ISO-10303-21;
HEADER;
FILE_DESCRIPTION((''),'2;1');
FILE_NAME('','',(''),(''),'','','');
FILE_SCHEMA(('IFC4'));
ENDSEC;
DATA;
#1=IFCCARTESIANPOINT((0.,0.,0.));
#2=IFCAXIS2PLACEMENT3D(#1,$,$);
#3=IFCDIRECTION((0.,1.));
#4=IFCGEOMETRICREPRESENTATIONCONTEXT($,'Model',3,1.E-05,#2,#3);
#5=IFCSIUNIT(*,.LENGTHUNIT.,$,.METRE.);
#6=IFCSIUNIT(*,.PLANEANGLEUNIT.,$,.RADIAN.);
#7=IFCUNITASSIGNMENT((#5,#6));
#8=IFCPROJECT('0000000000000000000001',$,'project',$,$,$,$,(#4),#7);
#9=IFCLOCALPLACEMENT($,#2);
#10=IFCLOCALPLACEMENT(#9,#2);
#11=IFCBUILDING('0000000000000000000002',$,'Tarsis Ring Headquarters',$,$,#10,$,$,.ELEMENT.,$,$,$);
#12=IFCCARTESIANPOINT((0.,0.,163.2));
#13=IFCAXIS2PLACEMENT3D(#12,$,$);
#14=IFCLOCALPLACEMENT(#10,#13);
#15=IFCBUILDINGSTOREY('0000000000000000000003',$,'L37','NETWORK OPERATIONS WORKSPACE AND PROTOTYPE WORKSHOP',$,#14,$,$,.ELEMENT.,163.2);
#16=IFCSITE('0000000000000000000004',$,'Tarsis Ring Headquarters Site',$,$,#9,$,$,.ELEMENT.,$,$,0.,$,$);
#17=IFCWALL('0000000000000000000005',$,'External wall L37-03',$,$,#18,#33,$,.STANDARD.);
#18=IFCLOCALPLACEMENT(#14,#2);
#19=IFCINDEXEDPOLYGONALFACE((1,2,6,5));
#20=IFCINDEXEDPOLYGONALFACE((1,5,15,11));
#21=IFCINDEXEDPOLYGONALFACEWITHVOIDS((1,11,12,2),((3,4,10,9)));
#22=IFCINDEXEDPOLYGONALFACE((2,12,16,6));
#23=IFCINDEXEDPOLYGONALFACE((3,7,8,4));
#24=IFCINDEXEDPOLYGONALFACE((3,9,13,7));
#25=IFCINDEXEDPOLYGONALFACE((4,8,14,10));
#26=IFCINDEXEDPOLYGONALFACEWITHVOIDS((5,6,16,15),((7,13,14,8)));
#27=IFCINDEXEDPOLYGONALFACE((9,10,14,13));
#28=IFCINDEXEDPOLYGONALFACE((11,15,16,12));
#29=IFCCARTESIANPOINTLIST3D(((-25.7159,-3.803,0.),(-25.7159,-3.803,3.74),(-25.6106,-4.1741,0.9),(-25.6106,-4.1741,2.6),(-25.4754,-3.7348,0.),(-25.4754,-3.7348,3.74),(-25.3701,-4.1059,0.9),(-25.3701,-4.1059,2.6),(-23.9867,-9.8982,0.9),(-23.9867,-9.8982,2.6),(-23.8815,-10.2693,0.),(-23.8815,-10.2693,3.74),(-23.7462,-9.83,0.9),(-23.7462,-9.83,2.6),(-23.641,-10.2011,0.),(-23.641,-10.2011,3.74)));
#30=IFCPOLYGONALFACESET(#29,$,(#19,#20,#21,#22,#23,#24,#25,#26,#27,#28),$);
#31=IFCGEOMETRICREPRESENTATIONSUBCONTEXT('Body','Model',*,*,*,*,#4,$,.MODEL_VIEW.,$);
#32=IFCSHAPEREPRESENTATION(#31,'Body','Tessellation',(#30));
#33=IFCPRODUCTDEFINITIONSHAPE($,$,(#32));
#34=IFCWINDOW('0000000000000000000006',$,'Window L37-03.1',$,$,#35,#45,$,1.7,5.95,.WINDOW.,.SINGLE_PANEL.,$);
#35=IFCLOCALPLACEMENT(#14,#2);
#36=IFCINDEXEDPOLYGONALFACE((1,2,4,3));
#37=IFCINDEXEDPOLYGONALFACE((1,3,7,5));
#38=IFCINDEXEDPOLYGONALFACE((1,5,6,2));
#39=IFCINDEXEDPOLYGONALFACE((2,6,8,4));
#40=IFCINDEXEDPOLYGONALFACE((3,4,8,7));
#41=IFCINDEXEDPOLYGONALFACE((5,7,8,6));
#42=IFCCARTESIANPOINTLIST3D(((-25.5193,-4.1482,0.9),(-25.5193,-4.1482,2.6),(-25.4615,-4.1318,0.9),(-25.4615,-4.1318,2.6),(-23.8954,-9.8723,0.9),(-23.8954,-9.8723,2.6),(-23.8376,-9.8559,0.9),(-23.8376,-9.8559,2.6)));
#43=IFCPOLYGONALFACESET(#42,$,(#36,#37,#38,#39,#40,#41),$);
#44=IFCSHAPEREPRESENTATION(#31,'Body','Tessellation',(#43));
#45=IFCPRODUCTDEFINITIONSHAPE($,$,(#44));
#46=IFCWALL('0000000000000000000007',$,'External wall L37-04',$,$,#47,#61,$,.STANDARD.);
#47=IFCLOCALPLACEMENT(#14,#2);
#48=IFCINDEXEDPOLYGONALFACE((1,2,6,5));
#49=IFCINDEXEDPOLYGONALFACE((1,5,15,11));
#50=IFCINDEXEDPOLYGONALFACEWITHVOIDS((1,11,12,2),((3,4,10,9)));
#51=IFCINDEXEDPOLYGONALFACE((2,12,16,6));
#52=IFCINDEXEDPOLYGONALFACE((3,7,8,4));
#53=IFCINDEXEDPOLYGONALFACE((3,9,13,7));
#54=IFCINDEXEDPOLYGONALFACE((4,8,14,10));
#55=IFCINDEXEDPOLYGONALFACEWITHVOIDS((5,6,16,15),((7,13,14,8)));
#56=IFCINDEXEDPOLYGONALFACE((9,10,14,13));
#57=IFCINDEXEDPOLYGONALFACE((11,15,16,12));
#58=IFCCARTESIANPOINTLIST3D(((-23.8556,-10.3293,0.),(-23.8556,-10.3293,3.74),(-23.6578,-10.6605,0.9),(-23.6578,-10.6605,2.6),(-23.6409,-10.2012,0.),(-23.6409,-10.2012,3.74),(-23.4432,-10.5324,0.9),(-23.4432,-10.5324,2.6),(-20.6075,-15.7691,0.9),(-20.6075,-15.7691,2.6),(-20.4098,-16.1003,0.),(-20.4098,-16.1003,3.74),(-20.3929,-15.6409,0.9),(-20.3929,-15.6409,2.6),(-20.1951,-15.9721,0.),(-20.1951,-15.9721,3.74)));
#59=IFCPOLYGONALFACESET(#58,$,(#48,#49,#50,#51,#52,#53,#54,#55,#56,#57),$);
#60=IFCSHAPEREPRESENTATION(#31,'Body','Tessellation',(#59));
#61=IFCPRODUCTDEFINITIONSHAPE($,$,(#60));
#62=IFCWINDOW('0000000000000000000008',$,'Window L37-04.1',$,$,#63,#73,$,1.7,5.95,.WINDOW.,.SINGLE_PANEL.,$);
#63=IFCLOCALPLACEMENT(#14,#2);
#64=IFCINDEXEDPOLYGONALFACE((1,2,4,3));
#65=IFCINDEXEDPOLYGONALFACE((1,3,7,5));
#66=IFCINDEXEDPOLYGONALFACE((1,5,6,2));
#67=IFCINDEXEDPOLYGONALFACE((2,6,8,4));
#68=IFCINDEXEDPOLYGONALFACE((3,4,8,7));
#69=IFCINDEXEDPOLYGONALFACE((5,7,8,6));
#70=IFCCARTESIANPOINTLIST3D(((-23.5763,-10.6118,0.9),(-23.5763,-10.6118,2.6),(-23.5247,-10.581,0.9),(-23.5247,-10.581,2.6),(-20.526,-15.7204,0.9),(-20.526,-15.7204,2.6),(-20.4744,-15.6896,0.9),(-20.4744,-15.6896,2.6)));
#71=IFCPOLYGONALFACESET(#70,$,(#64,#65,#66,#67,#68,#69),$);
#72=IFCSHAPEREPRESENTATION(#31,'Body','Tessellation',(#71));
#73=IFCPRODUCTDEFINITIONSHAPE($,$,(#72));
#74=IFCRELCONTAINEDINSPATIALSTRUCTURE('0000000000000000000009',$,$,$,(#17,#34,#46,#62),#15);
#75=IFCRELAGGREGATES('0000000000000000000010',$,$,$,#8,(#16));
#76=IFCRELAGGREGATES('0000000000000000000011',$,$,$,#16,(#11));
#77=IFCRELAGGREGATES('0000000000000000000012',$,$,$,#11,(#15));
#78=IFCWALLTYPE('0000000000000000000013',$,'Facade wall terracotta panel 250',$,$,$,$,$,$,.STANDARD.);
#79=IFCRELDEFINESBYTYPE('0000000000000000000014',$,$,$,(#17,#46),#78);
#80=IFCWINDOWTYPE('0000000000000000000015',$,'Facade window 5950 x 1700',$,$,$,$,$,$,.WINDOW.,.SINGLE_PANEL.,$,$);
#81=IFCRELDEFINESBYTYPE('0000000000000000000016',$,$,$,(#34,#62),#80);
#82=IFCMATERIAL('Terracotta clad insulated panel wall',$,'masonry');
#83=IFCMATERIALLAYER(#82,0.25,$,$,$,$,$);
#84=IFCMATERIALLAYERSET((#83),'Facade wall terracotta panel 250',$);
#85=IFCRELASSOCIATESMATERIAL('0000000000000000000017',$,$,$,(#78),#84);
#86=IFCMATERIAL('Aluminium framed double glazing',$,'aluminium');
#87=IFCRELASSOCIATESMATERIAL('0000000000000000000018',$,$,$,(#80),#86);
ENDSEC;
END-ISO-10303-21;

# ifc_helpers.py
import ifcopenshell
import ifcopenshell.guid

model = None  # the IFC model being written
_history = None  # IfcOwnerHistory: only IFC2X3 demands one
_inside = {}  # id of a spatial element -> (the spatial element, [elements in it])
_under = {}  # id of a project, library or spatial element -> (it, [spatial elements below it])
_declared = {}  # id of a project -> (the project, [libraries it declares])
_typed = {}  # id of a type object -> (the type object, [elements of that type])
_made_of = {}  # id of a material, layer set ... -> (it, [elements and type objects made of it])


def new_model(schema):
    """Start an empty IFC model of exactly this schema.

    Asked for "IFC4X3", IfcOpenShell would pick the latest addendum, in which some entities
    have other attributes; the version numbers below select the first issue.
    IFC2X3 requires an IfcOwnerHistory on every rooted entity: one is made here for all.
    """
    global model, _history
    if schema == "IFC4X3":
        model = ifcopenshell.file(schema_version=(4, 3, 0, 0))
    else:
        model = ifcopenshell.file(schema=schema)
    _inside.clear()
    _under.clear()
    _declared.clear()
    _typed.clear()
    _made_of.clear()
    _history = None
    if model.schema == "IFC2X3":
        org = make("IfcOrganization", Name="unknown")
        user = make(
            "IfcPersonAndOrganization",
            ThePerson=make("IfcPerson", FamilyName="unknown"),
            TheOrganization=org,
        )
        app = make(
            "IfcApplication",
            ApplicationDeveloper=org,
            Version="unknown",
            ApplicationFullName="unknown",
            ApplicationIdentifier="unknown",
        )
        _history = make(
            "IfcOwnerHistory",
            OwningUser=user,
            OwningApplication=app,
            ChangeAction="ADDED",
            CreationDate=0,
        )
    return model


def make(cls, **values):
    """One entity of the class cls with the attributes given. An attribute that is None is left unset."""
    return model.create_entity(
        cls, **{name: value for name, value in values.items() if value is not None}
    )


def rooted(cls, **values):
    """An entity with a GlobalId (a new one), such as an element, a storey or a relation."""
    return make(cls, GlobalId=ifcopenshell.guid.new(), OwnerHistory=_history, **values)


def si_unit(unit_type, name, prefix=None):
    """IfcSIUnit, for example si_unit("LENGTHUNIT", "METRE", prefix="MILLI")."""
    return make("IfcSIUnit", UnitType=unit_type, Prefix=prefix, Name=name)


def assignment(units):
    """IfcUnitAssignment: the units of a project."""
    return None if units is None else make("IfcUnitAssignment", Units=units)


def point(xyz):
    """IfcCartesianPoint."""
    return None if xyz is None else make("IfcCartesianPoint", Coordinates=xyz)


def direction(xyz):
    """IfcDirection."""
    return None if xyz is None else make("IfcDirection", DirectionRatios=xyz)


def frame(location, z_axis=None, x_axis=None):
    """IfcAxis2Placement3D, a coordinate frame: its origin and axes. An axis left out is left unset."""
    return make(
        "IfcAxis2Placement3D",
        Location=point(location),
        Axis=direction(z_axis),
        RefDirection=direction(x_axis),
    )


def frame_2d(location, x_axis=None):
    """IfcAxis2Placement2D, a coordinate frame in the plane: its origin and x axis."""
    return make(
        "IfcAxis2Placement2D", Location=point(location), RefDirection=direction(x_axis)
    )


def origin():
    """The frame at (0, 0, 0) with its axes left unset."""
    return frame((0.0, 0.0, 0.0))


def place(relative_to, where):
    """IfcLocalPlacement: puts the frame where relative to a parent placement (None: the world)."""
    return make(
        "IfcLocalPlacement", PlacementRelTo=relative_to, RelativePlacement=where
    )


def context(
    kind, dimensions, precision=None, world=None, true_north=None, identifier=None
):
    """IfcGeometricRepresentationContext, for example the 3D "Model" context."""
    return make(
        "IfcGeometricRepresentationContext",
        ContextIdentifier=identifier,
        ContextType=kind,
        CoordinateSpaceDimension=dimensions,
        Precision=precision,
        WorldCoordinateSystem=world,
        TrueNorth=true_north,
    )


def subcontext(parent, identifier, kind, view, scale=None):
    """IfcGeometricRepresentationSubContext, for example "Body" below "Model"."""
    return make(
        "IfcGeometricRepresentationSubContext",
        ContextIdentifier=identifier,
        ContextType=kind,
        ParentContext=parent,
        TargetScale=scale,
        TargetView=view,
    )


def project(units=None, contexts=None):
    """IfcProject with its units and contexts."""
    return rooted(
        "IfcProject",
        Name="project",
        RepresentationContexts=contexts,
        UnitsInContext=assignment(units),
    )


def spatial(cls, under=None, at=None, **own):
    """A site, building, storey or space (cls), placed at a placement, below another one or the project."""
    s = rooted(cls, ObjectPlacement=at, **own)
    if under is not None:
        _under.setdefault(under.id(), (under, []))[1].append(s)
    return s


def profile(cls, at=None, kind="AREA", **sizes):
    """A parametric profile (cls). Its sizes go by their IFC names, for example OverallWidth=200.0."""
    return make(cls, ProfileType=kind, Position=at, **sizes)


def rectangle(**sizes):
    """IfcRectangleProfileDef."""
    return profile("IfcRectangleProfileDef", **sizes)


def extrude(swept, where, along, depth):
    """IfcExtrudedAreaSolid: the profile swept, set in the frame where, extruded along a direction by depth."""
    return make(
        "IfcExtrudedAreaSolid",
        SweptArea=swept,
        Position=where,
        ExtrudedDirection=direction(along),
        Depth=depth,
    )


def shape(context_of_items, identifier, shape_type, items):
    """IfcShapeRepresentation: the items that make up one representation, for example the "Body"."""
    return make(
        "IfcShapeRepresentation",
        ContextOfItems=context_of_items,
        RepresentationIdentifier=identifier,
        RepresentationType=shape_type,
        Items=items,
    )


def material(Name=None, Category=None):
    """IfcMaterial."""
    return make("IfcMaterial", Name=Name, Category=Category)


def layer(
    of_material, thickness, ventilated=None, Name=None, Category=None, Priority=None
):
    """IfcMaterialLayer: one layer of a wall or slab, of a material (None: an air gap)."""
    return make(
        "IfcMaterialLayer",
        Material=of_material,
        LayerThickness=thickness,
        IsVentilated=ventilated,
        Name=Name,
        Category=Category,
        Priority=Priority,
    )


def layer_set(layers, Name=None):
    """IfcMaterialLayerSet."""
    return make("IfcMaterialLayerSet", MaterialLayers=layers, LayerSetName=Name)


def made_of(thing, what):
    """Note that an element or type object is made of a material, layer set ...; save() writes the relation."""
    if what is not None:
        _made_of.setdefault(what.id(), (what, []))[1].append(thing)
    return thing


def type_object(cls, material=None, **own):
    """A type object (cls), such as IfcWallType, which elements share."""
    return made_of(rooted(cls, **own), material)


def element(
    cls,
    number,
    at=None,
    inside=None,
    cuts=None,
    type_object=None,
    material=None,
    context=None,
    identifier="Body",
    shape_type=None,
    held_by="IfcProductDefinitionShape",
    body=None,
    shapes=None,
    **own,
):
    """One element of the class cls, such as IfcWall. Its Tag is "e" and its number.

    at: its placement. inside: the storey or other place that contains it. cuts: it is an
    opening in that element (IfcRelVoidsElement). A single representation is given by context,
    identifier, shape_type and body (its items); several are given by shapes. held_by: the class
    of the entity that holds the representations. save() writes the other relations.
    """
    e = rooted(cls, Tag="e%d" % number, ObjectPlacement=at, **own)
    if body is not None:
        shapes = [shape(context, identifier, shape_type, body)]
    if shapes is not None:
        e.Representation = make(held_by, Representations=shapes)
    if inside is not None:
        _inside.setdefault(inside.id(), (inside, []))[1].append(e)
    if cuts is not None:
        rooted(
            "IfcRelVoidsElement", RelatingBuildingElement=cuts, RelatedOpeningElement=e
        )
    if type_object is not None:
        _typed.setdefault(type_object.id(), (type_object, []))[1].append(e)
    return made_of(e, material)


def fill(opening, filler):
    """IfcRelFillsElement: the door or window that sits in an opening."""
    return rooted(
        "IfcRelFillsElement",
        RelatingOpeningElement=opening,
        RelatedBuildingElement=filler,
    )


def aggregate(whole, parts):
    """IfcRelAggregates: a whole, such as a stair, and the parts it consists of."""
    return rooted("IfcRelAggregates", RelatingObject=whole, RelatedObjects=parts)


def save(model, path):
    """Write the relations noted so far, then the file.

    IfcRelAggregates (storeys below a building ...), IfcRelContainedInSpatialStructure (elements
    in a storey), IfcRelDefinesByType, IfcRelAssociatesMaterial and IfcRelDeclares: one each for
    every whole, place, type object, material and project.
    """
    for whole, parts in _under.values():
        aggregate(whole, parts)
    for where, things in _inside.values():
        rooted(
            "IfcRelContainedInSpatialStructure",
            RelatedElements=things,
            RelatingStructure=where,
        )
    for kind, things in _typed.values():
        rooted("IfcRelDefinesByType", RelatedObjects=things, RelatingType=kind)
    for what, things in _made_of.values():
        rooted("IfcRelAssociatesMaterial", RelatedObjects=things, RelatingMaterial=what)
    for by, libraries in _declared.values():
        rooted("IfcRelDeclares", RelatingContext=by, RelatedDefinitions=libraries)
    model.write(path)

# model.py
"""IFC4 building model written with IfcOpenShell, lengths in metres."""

from ifc_helpers import new_model, si_unit, direction, frame, frame_2d, origin, place, context, subcontext, project, spatial, rectangle, extrude, material, layer, layer_set, type_object, element, fill, save


model = new_model("IFC4")

# Units and contexts
model_context = context("Model", 3, precision=1e-05, world=origin(), true_north=direction((0.0, 1.0)))
body_context = subcontext(model_context, "Body", "Model", "MODEL_VIEW")
ifc_project = project(units=[si_unit("LENGTHUNIT", "METRE"), si_unit("PLANEANGLEUNIT", "RADIAN")], contexts=[model_context])

# Site, building, storey
site_placement = place(None, origin())
site = spatial("IfcSite", under=ifc_project, at=site_placement, Name="Tarsis Ring Headquarters Site", CompositionType="ELEMENT", RefElevation=0.0)
building_placement = place(site_placement, origin())
building = spatial("IfcBuilding", under=site, at=building_placement, Name="Tarsis Ring Headquarters", CompositionType="ELEMENT")
storey_placement = place(building_placement, frame((0.0, 0.0, 163.2)))
storey = spatial("IfcBuildingStorey", under=building, at=storey_placement, Name="L37", Description="NETWORK OPERATIONS WORKSPACE AND PROTOTYPE WORKSHOP", CompositionType="ELEMENT", Elevation=163.2)

# Walls, openings, windows
ifc_material_1 = material(Name="Terracotta clad insulated panel wall", Category="masonry")
ifc_layer_1 = layer(ifc_material_1, 0.25)
ifc_layer_set_1 = layer_set([ifc_layer_1], Name="Facade wall terracotta panel 250")
wall_type_1 = type_object("IfcWallType", Name="Facade wall terracotta panel 250", PredefinedType="STANDARD", material=ifc_layer_set_1)
wall_1_placement = place(storey_placement, frame((-25.5957, -3.7688, 0.0), z_axis=(0.0, 0.0, 1.0), x_axis=(0.272926, -0.962035, 0.0)))
wall_1 = element("IfcWall", 1, at=wall_1_placement, inside=storey, type_object=wall_type_1, Name="External wall L37-03", PredefinedType="STANDARD", context=body_context, shape_type="SweptSolid", body=[
    extrude(rectangle(XDim=6.7214, YDim=0.25, at=frame_2d((3.3608, 0.0))), origin(), (0.0, 0.0, 1.0), 3.74),
])
opening_1_placement = place(wall_1_placement, frame((0.3857, 0.0, 0.8999)))
opening_1 = element("IfcOpeningElement", 2, at=opening_1_placement, cuts=wall_1, PredefinedType="OPENING", context=body_context, shape_type="SweptSolid", body=[
    extrude(rectangle(XDim=5.95, YDim=1.7, at=frame_2d((2.9751, 0.8501))), frame((0.0, 0.135, 0.0), z_axis=(0.0, -1.0, 0.0), x_axis=(1.0, 0.0, 0.0)), (0.0, 0.0, 1.0), 0.27),
])
ifc_material_2 = material(Name="Aluminium framed double glazing", Category="aluminium")
window_type = type_object("IfcWindowType", Name="Facade window 5950 x 1700", PartitioningType="SINGLE_PANEL", PredefinedType="WINDOW", material=ifc_material_2)
window_1_placement = place(opening_1_placement, origin())
window_1 = element("IfcWindow", 3, at=window_1_placement, inside=storey, type_object=window_type, Name="Window L37-03.1", OverallHeight=1.7, OverallWidth=5.95, PartitioningType="SINGLE_PANEL", PredefinedType="WINDOW", context=body_context, shape_type="SweptSolid", body=[
    extrude(rectangle(XDim=5.95, YDim=1.7, at=frame_2d((2.9751, 0.8501))), frame((0.0, 0.03, 0.0), z_axis=(0.0, -1.0, 0.0), x_axis=(1.0, 0.0, 0.0)), (0.0, 0.0, 1.0), 0.0601),
])
fill(opening_1, window_1)
wall_2_placement = place(storey_placement, frame((-23.7483, -10.2651, 0.0), z_axis=(0.0, 0.0, 1.0), x_axis=(0.512657, -0.858593, 0.0)))
wall_2 = element("IfcWall", 4, at=wall_2_placement, inside=storey, type_object=wall_type_1, Name="External wall L37-04", PredefinedType="STANDARD", context=body_context, shape_type="SweptSolid", body=[
    extrude(rectangle(XDim=6.7214, YDim=0.25, at=frame_2d((3.3608, 0.0))), origin(), (0.0, 0.0, 1.0), 3.74),
])
opening_2_placement = place(wall_2_placement, frame((0.3857, 0.0, 0.8999)))
opening_2 = element("IfcOpeningElement", 5, at=opening_2_placement, cuts=wall_2, PredefinedType="OPENING", context=body_context, shape_type="SweptSolid", body=[
    extrude(rectangle(XDim=5.95, YDim=1.7, at=frame_2d((2.9751, 0.8501))), frame((0.0, 0.135, 0.0), z_axis=(0.0, -1.0, 0.0), x_axis=(1.0, 0.0, 0.0)), (0.0, 0.0, 1.0), 0.27),
])
window_2_placement = place(opening_2_placement, origin())
window_2 = element("IfcWindow", 6, at=window_2_placement, inside=storey, type_object=window_type, Name="Window L37-04.1", OverallHeight=1.7, OverallWidth=5.95, PartitioningType="SINGLE_PANEL", PredefinedType="WINDOW", context=body_context, shape_type="SweptSolid", body=[
    extrude(rectangle(XDim=5.95, YDim=1.7, at=frame_2d((2.9751, 0.8501))), frame((0.0, 0.03, 0.0), z_axis=(0.0, -1.0, 0.0), x_axis=(1.0, 0.0, 0.0)), (0.0, 0.0, 1.0), 0.0601),
])
fill(opening_2, window_2)

save(model, "model.ifc")
